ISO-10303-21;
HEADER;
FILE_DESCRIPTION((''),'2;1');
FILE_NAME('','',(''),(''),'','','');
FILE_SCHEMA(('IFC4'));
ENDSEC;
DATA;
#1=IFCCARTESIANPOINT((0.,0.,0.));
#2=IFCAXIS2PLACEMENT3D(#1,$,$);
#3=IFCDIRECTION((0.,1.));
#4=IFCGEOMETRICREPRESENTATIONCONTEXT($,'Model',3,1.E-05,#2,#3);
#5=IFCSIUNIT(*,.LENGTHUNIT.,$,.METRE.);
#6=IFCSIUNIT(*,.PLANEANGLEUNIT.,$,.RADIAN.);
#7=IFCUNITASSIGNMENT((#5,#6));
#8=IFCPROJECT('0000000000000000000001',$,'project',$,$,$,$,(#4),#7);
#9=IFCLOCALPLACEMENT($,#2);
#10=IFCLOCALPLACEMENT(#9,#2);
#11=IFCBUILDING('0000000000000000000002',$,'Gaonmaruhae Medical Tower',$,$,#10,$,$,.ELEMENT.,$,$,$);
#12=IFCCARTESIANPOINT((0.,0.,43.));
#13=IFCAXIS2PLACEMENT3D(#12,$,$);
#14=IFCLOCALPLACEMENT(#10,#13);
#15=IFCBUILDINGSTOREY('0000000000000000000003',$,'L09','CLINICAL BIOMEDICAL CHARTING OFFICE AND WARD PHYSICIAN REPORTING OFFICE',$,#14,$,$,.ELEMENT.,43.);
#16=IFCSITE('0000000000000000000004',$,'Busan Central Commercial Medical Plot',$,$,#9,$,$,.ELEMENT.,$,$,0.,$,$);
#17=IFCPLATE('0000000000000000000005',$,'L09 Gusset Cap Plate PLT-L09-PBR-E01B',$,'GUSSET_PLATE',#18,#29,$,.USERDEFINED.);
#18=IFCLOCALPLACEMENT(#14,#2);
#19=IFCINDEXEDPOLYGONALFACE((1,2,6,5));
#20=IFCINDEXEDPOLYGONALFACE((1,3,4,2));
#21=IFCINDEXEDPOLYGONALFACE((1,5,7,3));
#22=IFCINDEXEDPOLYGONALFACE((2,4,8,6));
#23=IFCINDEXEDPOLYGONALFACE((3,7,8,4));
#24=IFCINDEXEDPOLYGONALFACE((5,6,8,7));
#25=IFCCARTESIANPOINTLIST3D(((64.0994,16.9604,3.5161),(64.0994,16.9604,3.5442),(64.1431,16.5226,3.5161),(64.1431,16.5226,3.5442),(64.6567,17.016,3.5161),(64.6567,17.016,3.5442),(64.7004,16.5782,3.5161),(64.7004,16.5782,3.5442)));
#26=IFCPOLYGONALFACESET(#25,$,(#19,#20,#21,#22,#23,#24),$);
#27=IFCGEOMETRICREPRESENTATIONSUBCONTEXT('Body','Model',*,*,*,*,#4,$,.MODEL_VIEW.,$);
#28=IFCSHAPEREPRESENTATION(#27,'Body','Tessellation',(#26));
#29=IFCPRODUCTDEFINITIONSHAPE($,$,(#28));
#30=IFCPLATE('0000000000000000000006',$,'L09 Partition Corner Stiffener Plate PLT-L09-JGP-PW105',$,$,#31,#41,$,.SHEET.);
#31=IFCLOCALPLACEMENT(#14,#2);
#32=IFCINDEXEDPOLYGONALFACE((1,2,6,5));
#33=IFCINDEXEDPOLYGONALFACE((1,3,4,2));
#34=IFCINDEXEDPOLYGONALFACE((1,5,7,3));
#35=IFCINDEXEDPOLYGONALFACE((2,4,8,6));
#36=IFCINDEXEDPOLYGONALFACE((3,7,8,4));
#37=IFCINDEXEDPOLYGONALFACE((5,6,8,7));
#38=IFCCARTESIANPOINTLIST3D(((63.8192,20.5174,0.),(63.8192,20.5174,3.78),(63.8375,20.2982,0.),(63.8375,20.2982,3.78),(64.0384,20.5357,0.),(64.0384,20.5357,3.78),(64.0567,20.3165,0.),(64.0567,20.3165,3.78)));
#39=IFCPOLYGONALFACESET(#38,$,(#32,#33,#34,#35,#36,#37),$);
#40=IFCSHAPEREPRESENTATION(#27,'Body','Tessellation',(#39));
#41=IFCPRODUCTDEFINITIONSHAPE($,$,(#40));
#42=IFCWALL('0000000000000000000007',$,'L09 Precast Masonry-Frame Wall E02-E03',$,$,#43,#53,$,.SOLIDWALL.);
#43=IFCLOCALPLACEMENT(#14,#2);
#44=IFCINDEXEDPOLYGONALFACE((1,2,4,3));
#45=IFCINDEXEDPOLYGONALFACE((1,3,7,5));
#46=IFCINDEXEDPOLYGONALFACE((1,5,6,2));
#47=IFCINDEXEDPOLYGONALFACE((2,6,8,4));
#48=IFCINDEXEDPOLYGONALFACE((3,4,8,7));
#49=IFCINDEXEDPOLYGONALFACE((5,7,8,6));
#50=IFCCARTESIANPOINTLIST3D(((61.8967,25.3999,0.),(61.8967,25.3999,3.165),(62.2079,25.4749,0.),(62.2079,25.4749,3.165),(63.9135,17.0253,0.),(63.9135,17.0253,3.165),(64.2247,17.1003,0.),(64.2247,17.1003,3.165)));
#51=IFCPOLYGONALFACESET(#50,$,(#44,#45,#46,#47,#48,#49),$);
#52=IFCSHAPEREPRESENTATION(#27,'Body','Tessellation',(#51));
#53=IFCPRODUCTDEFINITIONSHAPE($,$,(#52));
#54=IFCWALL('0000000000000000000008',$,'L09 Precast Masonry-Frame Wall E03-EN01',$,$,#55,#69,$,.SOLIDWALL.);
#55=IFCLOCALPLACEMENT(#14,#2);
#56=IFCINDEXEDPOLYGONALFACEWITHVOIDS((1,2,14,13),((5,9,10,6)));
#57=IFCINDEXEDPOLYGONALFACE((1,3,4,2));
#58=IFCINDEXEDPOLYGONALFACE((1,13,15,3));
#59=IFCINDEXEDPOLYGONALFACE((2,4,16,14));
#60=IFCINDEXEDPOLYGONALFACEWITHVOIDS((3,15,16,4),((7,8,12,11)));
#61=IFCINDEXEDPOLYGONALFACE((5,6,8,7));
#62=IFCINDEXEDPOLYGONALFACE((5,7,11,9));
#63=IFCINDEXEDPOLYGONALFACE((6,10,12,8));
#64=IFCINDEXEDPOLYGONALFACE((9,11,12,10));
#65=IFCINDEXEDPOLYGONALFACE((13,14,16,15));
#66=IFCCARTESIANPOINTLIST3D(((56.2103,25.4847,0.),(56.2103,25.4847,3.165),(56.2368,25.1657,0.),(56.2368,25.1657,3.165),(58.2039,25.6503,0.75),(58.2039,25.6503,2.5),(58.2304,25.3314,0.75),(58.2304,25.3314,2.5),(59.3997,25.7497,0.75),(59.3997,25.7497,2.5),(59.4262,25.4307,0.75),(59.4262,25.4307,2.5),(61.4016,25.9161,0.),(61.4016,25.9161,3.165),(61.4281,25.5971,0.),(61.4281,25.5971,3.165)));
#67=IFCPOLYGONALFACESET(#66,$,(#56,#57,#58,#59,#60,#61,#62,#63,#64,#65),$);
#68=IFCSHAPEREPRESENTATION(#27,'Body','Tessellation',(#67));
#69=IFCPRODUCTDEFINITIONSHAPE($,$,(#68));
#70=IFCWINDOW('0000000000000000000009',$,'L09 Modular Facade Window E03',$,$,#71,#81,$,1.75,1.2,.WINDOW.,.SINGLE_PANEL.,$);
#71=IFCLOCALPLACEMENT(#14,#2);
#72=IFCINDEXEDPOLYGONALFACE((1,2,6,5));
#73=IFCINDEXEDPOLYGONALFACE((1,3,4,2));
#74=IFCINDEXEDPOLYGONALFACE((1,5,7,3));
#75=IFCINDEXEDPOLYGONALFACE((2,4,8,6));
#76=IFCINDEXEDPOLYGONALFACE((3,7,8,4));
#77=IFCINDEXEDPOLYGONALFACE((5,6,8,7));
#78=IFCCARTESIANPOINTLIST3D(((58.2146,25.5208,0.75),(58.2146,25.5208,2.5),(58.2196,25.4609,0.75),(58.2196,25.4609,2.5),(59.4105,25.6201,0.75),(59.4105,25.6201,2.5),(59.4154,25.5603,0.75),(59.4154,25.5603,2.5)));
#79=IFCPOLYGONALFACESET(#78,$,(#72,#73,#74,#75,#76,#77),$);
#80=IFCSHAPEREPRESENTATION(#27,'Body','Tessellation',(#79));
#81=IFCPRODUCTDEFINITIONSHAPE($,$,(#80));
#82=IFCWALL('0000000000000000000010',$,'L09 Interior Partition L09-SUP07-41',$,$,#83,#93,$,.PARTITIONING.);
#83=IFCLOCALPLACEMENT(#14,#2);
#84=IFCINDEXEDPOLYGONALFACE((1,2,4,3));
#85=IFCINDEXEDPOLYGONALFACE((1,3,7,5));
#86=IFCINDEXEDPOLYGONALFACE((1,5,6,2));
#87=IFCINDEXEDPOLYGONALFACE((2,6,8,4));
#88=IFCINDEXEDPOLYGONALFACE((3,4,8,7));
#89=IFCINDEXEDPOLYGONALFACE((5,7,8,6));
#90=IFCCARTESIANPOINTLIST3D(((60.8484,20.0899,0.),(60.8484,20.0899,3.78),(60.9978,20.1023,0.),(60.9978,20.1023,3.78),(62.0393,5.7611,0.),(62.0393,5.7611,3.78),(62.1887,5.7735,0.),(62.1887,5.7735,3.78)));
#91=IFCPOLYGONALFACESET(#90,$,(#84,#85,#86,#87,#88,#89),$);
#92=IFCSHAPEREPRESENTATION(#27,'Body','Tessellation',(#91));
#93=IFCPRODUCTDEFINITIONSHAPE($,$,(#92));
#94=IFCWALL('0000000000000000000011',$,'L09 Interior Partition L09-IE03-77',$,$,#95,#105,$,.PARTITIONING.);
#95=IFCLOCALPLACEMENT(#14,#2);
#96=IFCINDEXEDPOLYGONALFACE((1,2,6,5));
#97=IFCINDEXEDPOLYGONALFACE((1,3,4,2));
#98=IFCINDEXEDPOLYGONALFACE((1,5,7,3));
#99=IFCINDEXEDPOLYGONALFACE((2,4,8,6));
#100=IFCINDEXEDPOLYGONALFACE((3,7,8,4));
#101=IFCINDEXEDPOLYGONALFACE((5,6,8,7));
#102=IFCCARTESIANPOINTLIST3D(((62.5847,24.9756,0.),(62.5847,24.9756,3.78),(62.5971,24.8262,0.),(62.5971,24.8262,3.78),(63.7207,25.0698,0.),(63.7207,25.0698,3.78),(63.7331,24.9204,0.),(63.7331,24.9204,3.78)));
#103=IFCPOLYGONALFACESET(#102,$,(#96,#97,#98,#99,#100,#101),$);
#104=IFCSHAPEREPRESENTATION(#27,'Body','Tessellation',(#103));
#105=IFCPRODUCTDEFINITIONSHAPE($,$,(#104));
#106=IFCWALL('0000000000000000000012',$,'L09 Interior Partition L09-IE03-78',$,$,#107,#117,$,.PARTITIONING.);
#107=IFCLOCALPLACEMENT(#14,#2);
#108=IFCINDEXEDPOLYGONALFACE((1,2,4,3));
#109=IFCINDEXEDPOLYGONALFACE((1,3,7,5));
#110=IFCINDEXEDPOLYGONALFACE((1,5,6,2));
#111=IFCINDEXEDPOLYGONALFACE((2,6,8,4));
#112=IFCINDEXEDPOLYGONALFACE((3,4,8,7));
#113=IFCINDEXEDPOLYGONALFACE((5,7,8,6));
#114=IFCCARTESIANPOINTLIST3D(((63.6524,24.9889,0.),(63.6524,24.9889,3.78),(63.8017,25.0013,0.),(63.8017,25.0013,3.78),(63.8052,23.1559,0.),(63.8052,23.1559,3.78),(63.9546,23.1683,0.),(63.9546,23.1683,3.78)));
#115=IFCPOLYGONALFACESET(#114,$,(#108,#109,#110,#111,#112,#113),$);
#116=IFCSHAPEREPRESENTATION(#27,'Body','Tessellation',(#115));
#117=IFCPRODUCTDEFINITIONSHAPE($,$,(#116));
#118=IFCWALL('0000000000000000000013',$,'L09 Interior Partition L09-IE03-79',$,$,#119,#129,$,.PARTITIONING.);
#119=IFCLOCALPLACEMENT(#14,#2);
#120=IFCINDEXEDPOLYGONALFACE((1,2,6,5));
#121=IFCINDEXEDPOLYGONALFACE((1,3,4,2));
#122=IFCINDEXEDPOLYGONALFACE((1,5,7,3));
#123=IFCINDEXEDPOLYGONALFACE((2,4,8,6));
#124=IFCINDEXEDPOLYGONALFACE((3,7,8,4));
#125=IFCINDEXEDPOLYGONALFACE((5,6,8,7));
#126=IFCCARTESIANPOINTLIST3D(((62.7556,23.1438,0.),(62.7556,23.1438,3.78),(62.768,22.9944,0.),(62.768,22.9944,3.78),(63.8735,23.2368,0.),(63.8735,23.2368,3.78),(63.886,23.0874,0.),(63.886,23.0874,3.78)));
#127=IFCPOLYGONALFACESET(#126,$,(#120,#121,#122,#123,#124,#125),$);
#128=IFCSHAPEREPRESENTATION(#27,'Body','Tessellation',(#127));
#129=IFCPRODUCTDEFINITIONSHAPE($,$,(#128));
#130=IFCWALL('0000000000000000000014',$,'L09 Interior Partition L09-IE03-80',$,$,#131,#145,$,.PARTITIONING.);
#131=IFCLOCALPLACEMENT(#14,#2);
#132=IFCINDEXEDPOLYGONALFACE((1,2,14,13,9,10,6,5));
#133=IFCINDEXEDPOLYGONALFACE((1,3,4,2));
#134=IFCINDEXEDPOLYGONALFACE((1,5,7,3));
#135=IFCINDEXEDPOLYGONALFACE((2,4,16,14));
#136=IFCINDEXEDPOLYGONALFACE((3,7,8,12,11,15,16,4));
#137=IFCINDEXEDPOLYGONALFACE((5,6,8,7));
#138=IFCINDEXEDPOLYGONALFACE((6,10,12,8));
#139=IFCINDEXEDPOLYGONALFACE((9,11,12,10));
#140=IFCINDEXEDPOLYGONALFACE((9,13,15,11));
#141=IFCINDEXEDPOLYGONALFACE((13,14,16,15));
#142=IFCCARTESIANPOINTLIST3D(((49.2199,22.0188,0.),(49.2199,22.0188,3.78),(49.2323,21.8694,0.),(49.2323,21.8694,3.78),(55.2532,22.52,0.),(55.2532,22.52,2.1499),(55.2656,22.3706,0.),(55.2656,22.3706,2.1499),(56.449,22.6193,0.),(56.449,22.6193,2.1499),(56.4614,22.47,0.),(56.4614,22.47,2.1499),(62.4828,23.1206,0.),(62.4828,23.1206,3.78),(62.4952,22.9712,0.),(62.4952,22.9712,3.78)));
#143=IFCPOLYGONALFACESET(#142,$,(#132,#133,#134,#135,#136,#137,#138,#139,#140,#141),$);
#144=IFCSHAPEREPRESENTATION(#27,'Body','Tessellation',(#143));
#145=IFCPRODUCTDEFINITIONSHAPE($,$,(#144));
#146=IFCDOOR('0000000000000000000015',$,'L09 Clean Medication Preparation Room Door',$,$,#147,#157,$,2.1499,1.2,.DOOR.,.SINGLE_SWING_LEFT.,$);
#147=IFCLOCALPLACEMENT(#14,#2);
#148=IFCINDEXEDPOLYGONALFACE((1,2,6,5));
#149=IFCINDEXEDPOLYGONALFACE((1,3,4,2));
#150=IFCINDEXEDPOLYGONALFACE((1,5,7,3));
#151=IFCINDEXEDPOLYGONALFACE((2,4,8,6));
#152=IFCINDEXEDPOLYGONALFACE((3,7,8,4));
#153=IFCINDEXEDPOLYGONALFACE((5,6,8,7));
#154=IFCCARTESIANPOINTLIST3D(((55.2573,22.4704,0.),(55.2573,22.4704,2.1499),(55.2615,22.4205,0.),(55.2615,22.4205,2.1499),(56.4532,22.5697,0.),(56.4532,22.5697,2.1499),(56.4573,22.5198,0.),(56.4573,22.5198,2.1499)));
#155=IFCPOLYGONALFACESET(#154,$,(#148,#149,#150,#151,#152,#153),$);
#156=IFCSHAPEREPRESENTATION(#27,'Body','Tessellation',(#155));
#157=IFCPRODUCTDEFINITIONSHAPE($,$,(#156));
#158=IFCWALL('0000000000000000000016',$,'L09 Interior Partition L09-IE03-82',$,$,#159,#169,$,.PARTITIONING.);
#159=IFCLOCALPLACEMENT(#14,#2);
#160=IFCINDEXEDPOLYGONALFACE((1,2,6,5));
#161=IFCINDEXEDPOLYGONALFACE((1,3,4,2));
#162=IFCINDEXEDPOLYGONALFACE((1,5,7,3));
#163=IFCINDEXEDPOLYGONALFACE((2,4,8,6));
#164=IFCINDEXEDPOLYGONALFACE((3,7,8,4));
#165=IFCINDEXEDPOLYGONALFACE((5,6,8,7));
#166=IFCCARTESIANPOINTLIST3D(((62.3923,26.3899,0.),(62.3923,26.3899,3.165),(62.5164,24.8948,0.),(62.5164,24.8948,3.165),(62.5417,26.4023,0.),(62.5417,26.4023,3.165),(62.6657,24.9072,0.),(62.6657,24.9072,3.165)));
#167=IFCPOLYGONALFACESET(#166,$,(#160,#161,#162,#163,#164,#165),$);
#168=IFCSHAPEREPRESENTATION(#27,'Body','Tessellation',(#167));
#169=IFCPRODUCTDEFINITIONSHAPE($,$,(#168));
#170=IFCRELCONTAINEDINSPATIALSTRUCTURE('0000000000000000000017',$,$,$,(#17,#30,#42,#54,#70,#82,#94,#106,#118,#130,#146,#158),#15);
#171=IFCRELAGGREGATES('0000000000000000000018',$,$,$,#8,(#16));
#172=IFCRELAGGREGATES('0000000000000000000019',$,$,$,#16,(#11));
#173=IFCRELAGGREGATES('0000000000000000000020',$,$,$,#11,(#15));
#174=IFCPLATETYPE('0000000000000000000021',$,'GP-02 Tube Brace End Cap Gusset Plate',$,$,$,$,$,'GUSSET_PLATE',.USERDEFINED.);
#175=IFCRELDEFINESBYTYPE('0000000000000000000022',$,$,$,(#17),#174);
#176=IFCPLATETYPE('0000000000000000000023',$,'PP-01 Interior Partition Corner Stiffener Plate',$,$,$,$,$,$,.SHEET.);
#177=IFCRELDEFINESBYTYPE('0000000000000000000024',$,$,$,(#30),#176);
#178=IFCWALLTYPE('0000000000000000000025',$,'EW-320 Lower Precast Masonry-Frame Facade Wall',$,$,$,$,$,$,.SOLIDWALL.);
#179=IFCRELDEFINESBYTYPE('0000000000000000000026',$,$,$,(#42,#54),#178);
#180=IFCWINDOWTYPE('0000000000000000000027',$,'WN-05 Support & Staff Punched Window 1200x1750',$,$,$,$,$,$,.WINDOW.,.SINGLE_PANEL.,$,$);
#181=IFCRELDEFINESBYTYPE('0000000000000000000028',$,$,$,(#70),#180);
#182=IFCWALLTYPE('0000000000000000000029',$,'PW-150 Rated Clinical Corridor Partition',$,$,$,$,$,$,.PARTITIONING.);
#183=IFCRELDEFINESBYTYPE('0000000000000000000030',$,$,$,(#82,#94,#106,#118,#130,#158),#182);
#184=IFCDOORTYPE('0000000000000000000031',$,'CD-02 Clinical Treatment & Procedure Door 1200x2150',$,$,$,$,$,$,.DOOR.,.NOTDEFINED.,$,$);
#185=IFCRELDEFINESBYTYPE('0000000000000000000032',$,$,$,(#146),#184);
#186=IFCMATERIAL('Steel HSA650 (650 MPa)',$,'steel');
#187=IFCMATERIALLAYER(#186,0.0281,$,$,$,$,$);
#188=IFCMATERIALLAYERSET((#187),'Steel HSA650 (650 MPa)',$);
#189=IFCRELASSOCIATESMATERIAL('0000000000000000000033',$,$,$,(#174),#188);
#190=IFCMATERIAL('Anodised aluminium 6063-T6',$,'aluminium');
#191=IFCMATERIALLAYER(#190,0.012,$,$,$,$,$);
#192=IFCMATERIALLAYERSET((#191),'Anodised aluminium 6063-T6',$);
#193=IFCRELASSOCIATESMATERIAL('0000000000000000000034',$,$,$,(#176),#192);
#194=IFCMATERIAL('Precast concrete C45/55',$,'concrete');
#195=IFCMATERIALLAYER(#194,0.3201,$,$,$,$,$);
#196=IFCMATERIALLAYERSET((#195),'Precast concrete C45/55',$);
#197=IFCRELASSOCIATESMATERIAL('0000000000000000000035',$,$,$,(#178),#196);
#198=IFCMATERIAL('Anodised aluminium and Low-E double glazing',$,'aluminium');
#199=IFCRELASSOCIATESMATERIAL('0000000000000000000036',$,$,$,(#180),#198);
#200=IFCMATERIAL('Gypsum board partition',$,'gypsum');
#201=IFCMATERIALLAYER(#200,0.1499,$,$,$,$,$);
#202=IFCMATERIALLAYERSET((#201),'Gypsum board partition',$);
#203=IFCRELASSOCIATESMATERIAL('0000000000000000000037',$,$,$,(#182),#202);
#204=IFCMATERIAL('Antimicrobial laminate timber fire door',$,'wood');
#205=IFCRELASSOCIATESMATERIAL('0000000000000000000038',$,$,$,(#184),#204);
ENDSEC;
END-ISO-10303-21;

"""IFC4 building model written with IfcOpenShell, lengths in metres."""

from ifc_helpers import new_model, si_unit, direction, frame, frame_2d, origin, origin_2d, place, context, subcontext, project, spatial, rectangle, extrude, material, layer, layer_set, type_object, element, fill, save


model = new_model("IFC4")

# Units and contexts
model_context = context("Model", 3, precision=1e-05, world=origin(), true_north=direction((0.0, 1.0)))
body_context = subcontext(model_context, "Body", "Model", "MODEL_VIEW")
ifc_project = project(units=[si_unit("LENGTHUNIT", "METRE"), si_unit("PLANEANGLEUNIT", "RADIAN")], contexts=[model_context])

# Site, building, storey
site_placement = place(None, origin())
site = spatial("IfcSite", under=ifc_project, at=site_placement, Name="Busan Central Commercial Medical Plot", CompositionType="ELEMENT", RefElevation=0.0)
building_placement = place(site_placement, origin())
building = spatial("IfcBuilding", under=site, at=building_placement, Name="Gaonmaruhae Medical Tower", CompositionType="ELEMENT")
storey_placement = place(building_placement, frame((0.0, 0.0, 43.0)))
storey = spatial("IfcBuildingStorey", under=building, at=storey_placement, Name="L09", Description="CLINICAL BIOMEDICAL CHARTING OFFICE AND WARD PHYSICIAN REPORTING OFFICE", CompositionType="ELEMENT", Elevation=43.0)

# Plates
ifc_material_1 = material(Name="Steel HSA650 (650 MPa)", Category="steel")
ifc_layer_1 = layer(ifc_material_1, 0.0281)
ifc_layer_set_1 = layer_set([ifc_layer_1], Name="Steel HSA650 (650 MPa)")
plate_type_1 = type_object("IfcPlateType", Name="GP-02 Tube Brace End Cap Gusset Plate", ElementType="GUSSET_PLATE", PredefinedType="USERDEFINED", material=ifc_layer_set_1)
plate_1_placement = place(storey_placement, frame((64.3999, 16.7693, 3.5161), z_axis=(0.0, 0.0, 1.0), x_axis=(0.995056, 0.09932, 0.0)))
element("IfcPlate", 1, at=plate_1_placement, inside=storey, type_object=plate_type_1, Name="L09 Gusset Cap Plate PLT-L09-PBR-E01B", ObjectType="GUSSET_PLATE", PredefinedType="USERDEFINED", context=body_context, shape_type="SweptSolid", body=[
    extrude(rectangle(XDim=0.5601, YDim=0.4399, at=origin_2d()), origin(), (0.0, 0.0, 1.0), 0.0281),
])
ifc_material_2 = material(Name="Anodised aluminium 6063-T6", Category="aluminium")
ifc_layer_2 = layer(ifc_material_2, 0.012)
ifc_layer_set_2 = layer_set([ifc_layer_2], Name="Anodised aluminium 6063-T6")
plate_type_2 = type_object("IfcPlateType", Name="PP-01 Interior Partition Corner Stiffener Plate", PredefinedType="SHEET", material=ifc_layer_set_2)
plate_2_placement = place(storey_placement, frame((63.938, 20.417, 0.0), z_axis=(0.0, 0.0, 1.0), x_axis=(0.996532, 0.083208, 0.0)))
element("IfcPlate", 2, at=plate_2_placement, inside=storey, type_object=plate_type_2, Name="L09 Partition Corner Stiffener Plate PLT-L09-JGP-PW105", PredefinedType="SHEET", context=body_context, shape_type="SweptSolid", body=[
    extrude(rectangle(XDim=0.22, YDim=0.22, at=origin_2d()), origin(), (0.0, 0.0, 1.0), 3.78),
])

# Wall
ifc_material_3 = material(Name="Precast concrete C45/55", Category="concrete")
ifc_layer_3 = layer(ifc_material_3, 0.3201)
ifc_layer_set_3 = layer_set([ifc_layer_3], Name="Precast concrete C45/55")
wall_type_1 = type_object("IfcWallType", Name="EW-320 Lower Precast Masonry-Frame Facade Wall", PredefinedType="SOLIDWALL", material=ifc_layer_set_3)
wall_1_placement = place(storey_placement, frame((62.0522, 25.4375, 0.0), z_axis=(0.0, 0.0, 1.0), x_axis=(0.234137, -0.972204, 0.0)))
element("IfcWall", 3, at=wall_1_placement, inside=storey, type_object=wall_type_1, Name="L09 Precast Masonry-Frame Wall E02-E03", PredefinedType="SOLIDWALL", context=body_context, shape_type="SweptSolid", body=[
    extrude(rectangle(XDim=8.614, YDim=0.3201, at=frame_2d((4.3071, 0.0))), origin(), (0.0, 0.0, 1.0), 3.165),
])

# Wall, opening, window
wall_2_placement = place(storey_placement, frame((56.2236, 25.3252, 0.0), z_axis=(0.0, 0.0, 1.0), x_axis=(0.996565, 0.082813, 0.0)))
wall_2 = element("IfcWall", 4, at=wall_2_placement, inside=storey, type_object=wall_type_1, Name="L09 Precast Masonry-Frame Wall E03-EN01", PredefinedType="SOLIDWALL", context=body_context, shape_type="SweptSolid", body=[
    extrude(rectangle(XDim=5.2092, YDim=0.3201, at=frame_2d((2.6045, 0.0))), origin(), (0.0, 0.0, 1.0), 3.165),
])
opening_1_placement = place(wall_2_placement, frame((2.0002, 0.0, 0.75)))
opening_1 = element("IfcOpeningElement", 5, at=opening_1_placement, cuts=wall_2, PredefinedType="OPENING", context=body_context, shape_type="SweptSolid", body=[
    extrude(rectangle(XDim=1.2, YDim=1.75, at=frame_2d((0.6001, 0.875))), frame((0.0, 0.1699, 0.0), z_axis=(0.0, -1.0, 0.0), x_axis=(1.0, 0.0, 0.0)), (0.0, 0.0, 1.0), 0.3401),
])
ifc_material_4 = material(Name="Anodised aluminium and Low-E double glazing", Category="aluminium")
window_type = type_object("IfcWindowType", Name="WN-05 Support & Staff Punched Window 1200x1750", PartitioningType="SINGLE_PANEL", PredefinedType="WINDOW", material=ifc_material_4)
window_placement = place(opening_1_placement, origin())
window = element("IfcWindow", 6, at=window_placement, inside=storey, type_object=window_type, Name="L09 Modular Facade Window E03", OverallHeight=1.75, OverallWidth=1.2, PartitioningType="SINGLE_PANEL", PredefinedType="WINDOW", context=body_context, shape_type="SweptSolid", body=[
    extrude(rectangle(XDim=1.2, YDim=1.75, at=frame_2d((0.6001, 0.875))), frame((0.0, 0.03, 0.0), z_axis=(0.0, -1.0, 0.0), x_axis=(1.0, 0.0, 0.0)), (0.0, 0.0, 1.0), 0.0601),
])
fill(opening_1, window)

# Walls
ifc_material_5 = material(Name="Gypsum board partition", Category="gypsum")
ifc_layer_4 = layer(ifc_material_5, 0.1499)
ifc_layer_set_4 = layer_set([ifc_layer_4], Name="Gypsum board partition")
wall_type_2 = type_object("IfcWallType", Name="PW-150 Rated Clinical Corridor Partition", PredefinedType="PARTITIONING", material=ifc_layer_set_4)
wall_3_placement = place(storey_placement, frame((60.9231, 20.0959, 0.0), z_axis=(0.0, 0.0, 1.0), x_axis=(0.082828, -0.996564, 0.0)))
element("IfcWall", 7, at=wall_3_placement, inside=storey, type_object=wall_type_2, Name="L09 Interior Partition L09-SUP07-41", PredefinedType="PARTITIONING", context=body_context, shape_type="SweptSolid", body=[
    extrude(rectangle(XDim=14.3782, YDim=0.1499, at=frame_2d((7.189, 0.0))), origin(), (0.0, 0.0, 1.0), 3.78),
])
wall_4_placement = place(storey_placement, frame((62.5911, 24.9009, 0.0), z_axis=(0.0, 0.0, 1.0), x_axis=(0.996577, 0.082673, 0.0)))
element("IfcWall", 8, at=wall_4_placement, inside=storey, type_object=wall_type_2, Name="L09 Interior Partition L09-IE03-77", PredefinedType="PARTITIONING", context=body_context, shape_type="SweptSolid", body=[
    extrude(rectangle(XDim=1.1399, YDim=0.1499, at=frame_2d((0.5698, 0.0))), origin(), (0.0, 0.0, 1.0), 3.78),
])
wall_5_placement = place(storey_placement, frame((63.7271, 24.9951, 0.0), z_axis=(0.0, 0.0, 1.0), x_axis=(0.083089, -0.996542, 0.0)))
element("IfcWall", 9, at=wall_5_placement, inside=storey, type_object=wall_type_2, Name="L09 Interior Partition L09-IE03-78", PredefinedType="PARTITIONING", context=body_context, shape_type="SweptSolid", body=[
    extrude(rectangle(XDim=1.8394, YDim=0.1499, at=frame_2d((0.9197, 0.0))), origin(), (0.0, 0.0, 1.0), 3.78),
])
wall_6_placement = place(storey_placement, frame((63.8799, 23.1621, 0.0), z_axis=(0.0, 0.0, 1.0), x_axis=(-0.996556, -0.082919, 0.0)))
element("IfcWall", 10, at=wall_6_placement, inside=storey, type_object=wall_type_2, Name="L09 Interior Partition L09-IE03-79", PredefinedType="PARTITIONING", context=body_context, shape_type="SweptSolid", body=[
    extrude(rectangle(XDim=1.1218, YDim=0.1499, at=frame_2d((0.561, 0.0))), origin(), (0.0, 0.0, 1.0), 3.78),
])

# Wall, opening, door
wall_7_placement = place(storey_placement, frame((62.489, 23.0459, 0.0), z_axis=(0.0, 0.0, 1.0), x_axis=(-0.996567, -0.082789, 0.0)))
wall_7 = element("IfcWall", 11, at=wall_7_placement, inside=storey, type_object=wall_type_2, Name="L09 Interior Partition L09-IE03-80", PredefinedType="PARTITIONING", context=body_context, shape_type="SweptSolid", body=[
    extrude(rectangle(XDim=13.3086, YDim=0.1499, at=frame_2d((6.6543, 0.0))), origin(), (0.0, 0.0, 1.0), 3.78),
])
opening_2_placement = place(wall_7_placement, frame((6.0544, 0.0, 0.0)))
opening_2 = element("IfcOpeningElement", 12, at=opening_2_placement, cuts=wall_7, PredefinedType="OPENING", context=body_context, shape_type="SweptSolid", body=[
    extrude(rectangle(XDim=1.2, YDim=2.1499, at=frame_2d((0.6001, 1.075))), frame((0.0, 0.085, 0.0), z_axis=(0.0, -1.0, 0.0), x_axis=(1.0, 0.0, 0.0)), (0.0, 0.0, 1.0), 0.1699),
])
ifc_material_6 = material(Name="Antimicrobial laminate timber fire door", Category="wood")
door_type_1 = type_object("IfcDoorType", Name="CD-02 Clinical Treatment & Procedure Door 1200x2150", OperationType="NOTDEFINED", PredefinedType="DOOR", material=ifc_material_6)
door_1_placement = place(opening_2_placement, origin())
door_1 = element("IfcDoor", 13, at=door_1_placement, inside=storey, type_object=door_type_1, Name="L09 Clean Medication Preparation Room Door", OperationType="SINGLE_SWING_LEFT", OverallHeight=2.1499, OverallWidth=1.2, PredefinedType="DOOR", context=body_context, shape_type="SweptSolid", body=[
    extrude(rectangle(XDim=1.2, YDim=2.1499, at=frame_2d((0.6001, 1.075))), frame((0.0, 0.0249, 0.0), z_axis=(0.0, -1.0, 0.0), x_axis=(1.0, 0.0, 0.0)), (0.0, 0.0, 1.0), 0.05),
])
fill(opening_2, door_1)

# Wall
wall_8_placement = place(storey_placement, frame((62.467, 26.396, 0.0), z_axis=(0.0, 0.0, 1.0), x_axis=(0.082668, -0.996577, 0.0)))
element("IfcWall", 14, at=wall_8_placement, inside=storey, type_object=wall_type_2, Name="L09 Interior Partition L09-IE03-82", PredefinedType="PARTITIONING", context=body_context, shape_type="SweptSolid", body=[
    extrude(rectangle(XDim=1.5002, YDim=0.1499, at=frame_2d((0.75, 0.0))), origin(), (0.0, 0.0, 1.0), 3.165),
])

save(model, "model.ifc")
